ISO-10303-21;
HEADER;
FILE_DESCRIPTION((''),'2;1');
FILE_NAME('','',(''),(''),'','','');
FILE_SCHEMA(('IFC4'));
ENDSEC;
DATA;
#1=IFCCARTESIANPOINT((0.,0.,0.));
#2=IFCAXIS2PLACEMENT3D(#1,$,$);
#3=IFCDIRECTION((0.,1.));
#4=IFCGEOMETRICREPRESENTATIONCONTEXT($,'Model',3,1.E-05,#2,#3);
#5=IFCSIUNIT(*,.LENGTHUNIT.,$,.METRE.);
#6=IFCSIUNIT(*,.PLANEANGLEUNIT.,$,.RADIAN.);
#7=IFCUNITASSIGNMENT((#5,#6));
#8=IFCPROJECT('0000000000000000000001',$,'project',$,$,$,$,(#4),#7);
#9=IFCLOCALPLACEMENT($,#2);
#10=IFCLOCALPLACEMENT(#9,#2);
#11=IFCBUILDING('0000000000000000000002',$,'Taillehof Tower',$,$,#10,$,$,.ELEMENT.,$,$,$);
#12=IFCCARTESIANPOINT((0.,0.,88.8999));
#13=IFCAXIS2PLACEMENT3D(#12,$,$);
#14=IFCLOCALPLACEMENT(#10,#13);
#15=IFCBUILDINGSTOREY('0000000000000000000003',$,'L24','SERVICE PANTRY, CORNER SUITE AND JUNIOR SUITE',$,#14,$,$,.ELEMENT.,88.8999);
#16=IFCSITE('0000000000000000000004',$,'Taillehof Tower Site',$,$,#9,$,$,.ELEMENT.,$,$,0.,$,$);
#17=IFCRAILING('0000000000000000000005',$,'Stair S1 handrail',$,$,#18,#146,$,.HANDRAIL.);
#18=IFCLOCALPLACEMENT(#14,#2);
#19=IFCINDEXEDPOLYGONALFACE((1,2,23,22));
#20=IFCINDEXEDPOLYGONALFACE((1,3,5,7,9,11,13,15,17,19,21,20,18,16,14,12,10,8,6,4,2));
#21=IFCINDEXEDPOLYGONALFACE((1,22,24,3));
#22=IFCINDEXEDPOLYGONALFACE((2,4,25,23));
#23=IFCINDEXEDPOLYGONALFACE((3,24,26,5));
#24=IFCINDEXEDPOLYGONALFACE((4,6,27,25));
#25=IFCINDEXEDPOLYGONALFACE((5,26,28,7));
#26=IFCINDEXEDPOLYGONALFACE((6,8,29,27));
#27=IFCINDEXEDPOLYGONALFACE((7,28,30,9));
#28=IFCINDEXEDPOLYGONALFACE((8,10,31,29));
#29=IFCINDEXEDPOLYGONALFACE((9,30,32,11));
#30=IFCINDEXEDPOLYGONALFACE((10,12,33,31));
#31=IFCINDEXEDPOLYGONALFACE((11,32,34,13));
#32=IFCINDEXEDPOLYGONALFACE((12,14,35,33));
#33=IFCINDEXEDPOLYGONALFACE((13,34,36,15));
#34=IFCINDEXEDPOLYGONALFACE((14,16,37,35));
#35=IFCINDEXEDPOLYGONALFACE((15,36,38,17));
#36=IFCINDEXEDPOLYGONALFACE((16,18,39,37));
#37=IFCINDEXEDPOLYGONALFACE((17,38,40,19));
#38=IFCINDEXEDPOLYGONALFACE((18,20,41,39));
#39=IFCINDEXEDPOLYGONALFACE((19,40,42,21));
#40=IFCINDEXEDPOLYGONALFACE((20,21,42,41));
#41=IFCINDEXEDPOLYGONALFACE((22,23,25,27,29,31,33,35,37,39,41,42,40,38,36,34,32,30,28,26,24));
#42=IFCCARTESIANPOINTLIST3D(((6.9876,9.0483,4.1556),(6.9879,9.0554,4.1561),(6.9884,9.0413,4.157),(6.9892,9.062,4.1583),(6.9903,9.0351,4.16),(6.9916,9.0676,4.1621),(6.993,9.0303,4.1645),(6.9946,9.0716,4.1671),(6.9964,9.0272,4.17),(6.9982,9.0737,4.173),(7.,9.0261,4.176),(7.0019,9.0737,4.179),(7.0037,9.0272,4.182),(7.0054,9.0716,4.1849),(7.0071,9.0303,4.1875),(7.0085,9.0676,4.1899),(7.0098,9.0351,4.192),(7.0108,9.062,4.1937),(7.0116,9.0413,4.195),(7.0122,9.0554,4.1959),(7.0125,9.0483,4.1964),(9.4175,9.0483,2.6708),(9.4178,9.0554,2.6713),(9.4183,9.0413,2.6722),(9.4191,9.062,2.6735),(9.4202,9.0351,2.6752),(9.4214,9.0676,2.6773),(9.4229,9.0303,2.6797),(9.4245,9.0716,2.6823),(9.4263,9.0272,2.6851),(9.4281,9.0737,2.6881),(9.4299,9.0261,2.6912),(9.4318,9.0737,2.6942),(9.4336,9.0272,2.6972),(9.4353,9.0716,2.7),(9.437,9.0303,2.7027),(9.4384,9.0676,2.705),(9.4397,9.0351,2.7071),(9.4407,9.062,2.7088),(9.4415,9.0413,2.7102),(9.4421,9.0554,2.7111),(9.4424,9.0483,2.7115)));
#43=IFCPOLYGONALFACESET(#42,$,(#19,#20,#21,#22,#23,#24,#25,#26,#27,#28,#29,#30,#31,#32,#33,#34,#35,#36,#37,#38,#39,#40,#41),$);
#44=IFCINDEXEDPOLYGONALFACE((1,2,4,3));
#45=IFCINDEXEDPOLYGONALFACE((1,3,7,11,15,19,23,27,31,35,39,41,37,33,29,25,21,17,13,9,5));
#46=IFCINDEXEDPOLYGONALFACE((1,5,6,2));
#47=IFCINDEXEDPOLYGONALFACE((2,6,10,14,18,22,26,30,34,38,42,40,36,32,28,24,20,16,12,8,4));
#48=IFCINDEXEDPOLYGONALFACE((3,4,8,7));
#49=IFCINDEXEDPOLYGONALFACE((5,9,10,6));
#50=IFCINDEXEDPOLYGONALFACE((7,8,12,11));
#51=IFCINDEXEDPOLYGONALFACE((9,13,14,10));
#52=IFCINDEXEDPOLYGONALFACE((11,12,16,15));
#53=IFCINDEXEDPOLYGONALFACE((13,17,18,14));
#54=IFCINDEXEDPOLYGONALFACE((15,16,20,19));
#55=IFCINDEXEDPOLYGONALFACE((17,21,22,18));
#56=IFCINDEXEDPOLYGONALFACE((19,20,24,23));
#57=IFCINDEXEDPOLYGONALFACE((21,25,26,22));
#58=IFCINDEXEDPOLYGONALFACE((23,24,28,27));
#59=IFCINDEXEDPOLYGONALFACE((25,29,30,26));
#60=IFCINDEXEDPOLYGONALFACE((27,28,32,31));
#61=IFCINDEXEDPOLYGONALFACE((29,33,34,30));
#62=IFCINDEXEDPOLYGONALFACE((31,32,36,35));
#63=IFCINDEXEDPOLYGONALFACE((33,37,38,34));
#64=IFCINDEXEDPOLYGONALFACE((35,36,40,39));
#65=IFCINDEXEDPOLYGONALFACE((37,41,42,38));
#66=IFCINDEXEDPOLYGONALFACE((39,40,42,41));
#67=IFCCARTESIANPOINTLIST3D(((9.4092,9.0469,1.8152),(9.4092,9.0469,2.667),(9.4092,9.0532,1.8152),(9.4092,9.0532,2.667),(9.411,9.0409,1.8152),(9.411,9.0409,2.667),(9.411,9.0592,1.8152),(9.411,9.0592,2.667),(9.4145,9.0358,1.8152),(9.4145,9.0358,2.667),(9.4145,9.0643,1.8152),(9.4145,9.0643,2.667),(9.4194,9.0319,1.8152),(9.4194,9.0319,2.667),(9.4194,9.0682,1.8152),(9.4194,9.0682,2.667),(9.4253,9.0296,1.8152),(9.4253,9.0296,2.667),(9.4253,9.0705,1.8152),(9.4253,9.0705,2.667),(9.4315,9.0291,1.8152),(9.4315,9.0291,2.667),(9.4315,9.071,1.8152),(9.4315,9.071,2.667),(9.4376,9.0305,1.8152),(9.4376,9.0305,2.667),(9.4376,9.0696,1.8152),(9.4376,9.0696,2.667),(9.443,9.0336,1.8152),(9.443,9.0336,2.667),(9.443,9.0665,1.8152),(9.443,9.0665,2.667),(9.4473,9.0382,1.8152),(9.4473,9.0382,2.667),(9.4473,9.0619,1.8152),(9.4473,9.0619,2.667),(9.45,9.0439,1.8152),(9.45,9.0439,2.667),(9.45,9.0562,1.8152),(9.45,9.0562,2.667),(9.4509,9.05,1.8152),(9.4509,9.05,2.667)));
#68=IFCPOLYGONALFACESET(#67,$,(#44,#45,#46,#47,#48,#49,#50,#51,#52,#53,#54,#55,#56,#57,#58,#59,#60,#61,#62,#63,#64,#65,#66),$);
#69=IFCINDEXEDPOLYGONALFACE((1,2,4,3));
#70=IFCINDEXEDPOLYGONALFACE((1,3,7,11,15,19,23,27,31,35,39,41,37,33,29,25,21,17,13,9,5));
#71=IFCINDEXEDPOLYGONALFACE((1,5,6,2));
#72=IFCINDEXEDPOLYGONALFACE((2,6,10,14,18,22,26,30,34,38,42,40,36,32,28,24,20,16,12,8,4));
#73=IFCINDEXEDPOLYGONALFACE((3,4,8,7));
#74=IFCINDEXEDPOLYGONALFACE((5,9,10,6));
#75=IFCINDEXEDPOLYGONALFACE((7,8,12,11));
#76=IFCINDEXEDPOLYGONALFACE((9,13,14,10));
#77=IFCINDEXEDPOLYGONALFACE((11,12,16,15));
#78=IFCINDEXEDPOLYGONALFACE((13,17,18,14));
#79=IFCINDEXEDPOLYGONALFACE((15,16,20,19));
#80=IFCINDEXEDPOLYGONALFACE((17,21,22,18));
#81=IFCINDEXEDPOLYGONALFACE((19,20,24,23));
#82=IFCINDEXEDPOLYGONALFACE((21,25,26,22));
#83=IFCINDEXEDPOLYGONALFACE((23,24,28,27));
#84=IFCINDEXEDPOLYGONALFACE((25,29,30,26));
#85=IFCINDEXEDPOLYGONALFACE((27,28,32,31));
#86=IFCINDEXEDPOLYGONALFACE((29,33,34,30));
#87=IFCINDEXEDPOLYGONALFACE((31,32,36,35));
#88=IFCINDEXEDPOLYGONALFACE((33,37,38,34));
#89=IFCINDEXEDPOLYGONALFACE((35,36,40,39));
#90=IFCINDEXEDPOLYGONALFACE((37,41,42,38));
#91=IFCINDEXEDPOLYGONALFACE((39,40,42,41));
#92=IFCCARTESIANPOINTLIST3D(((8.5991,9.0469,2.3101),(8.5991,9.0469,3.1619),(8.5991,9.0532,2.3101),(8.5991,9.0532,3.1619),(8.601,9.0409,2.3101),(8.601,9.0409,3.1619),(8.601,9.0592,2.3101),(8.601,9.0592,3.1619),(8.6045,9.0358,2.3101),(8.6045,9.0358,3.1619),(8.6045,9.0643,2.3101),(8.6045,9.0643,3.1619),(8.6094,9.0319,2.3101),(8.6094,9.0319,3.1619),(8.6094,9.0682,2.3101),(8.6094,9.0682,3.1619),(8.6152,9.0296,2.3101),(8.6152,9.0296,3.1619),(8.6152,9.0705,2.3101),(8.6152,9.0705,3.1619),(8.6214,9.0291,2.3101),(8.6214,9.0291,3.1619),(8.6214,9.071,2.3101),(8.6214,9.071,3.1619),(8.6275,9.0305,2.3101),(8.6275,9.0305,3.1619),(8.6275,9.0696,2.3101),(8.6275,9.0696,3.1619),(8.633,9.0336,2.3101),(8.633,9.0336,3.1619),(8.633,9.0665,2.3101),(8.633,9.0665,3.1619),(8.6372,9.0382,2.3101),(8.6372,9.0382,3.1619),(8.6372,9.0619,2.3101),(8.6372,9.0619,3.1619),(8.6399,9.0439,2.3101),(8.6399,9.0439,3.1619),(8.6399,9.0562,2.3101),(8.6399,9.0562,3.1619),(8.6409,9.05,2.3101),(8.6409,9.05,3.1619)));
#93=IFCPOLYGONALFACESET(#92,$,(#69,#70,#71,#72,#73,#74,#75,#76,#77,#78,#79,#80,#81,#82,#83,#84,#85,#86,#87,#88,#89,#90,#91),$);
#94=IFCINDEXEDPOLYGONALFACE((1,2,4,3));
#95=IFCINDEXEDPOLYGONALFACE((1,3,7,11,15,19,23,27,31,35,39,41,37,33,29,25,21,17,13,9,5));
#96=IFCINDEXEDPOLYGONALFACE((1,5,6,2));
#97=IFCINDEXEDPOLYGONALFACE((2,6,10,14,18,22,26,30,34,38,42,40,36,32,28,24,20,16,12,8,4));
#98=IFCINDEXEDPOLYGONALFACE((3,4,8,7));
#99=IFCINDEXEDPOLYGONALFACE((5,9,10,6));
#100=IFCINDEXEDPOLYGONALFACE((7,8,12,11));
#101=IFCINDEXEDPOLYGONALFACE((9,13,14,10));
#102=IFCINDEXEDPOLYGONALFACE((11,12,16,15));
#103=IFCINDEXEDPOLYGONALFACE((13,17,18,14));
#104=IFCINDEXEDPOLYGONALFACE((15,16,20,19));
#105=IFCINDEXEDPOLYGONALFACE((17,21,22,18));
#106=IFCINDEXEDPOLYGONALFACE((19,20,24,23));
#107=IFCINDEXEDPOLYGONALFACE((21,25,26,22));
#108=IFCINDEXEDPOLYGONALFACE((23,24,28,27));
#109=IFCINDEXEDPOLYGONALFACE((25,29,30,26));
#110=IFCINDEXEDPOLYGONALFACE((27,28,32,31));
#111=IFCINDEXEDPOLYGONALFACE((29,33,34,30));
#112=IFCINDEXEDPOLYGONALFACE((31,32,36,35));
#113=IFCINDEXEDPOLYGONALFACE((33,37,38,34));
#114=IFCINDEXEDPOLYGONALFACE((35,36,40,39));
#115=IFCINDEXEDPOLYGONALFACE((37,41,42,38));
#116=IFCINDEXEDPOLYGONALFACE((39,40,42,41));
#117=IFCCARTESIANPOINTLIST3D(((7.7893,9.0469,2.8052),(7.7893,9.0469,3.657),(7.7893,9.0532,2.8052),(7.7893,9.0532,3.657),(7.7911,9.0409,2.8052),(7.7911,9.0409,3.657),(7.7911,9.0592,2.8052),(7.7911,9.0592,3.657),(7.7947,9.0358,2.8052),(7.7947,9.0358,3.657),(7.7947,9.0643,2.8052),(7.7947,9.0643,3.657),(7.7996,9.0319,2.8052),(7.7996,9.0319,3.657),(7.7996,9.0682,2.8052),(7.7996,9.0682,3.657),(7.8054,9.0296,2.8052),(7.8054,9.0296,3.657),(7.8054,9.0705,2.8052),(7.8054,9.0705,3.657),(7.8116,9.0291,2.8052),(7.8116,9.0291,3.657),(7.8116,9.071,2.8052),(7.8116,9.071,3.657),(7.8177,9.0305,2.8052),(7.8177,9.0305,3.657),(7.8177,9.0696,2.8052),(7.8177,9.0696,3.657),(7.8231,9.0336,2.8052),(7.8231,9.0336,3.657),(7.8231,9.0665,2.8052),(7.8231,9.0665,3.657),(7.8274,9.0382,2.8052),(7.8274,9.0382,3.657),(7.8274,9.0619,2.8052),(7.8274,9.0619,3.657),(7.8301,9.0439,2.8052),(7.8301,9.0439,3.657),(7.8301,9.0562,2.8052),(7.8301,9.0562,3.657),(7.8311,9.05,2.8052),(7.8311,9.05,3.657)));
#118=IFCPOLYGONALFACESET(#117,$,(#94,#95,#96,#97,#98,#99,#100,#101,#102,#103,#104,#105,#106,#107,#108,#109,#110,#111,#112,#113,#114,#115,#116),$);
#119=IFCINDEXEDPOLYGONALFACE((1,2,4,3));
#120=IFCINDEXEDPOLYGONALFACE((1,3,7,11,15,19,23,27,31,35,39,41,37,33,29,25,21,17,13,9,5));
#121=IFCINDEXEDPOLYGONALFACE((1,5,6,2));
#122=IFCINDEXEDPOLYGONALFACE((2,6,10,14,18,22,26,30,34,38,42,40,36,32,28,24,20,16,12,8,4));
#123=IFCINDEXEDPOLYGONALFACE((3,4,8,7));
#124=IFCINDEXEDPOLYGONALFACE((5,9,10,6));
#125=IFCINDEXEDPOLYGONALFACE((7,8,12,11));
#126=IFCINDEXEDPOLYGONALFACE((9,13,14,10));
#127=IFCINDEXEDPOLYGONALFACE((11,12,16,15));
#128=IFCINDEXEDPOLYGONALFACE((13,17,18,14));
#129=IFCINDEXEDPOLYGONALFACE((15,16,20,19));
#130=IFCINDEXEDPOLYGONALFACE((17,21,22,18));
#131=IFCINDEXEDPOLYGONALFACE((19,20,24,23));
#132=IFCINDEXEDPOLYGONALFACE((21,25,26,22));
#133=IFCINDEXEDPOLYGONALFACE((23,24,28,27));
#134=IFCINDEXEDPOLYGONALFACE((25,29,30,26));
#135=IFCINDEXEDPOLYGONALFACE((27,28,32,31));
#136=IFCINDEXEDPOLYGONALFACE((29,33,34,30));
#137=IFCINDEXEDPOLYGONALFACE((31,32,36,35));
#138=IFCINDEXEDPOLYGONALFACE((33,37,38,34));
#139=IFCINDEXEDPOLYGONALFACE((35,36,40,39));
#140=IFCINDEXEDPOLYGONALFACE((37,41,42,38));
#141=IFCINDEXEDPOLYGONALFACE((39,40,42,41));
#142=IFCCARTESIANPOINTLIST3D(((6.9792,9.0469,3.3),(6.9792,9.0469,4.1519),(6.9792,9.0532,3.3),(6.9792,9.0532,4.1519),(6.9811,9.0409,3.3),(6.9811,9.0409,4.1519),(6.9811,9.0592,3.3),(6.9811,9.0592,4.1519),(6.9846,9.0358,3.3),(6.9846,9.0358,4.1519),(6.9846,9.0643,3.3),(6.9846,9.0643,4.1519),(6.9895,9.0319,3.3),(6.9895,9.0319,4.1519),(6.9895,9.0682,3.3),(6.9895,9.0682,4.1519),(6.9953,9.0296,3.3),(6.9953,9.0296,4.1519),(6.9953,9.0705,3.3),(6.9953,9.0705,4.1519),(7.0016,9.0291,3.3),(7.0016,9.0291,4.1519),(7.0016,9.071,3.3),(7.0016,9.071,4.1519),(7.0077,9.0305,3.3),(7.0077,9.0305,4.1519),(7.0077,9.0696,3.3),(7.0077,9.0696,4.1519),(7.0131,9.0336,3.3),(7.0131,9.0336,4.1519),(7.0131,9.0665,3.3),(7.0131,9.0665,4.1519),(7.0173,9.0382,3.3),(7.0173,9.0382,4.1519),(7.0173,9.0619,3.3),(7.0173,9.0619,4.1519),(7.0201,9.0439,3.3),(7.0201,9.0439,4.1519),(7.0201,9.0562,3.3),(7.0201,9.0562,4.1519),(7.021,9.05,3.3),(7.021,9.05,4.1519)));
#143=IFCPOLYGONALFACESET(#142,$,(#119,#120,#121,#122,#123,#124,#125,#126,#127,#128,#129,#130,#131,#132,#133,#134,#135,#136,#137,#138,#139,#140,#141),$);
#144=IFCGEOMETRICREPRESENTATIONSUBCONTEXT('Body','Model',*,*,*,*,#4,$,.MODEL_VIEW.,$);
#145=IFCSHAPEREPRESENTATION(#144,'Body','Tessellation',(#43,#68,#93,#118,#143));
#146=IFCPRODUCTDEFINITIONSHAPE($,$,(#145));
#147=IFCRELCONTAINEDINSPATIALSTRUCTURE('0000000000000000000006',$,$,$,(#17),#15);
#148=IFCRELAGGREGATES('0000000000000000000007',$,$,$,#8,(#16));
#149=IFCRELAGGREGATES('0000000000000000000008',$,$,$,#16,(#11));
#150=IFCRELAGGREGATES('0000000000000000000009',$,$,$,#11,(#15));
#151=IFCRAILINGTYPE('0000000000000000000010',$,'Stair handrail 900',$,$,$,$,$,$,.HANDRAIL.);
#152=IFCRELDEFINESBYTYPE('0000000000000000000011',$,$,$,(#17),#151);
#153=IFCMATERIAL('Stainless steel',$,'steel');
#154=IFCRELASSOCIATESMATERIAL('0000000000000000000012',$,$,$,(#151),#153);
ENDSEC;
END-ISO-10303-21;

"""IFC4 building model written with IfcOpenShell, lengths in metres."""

from ifc_helpers import new_model, si_unit, direction, frame, origin, origin_2d, place, context, subcontext, project, spatial, circle, extrude, material, type_object, element, save


model = new_model("IFC4")

# Units and contexts
model_context = context("Model", 3, precision=1e-05, world=origin(), true_north=direction((0.0, 1.0)))
body_context = subcontext(model_context, "Body", "Model", "MODEL_VIEW")
ifc_project = project(units=[si_unit("LENGTHUNIT", "METRE"), si_unit("PLANEANGLEUNIT", "RADIAN")], contexts=[model_context])

# Site, building, storey
site_placement = place(None, origin())
site = spatial("IfcSite", under=ifc_project, at=site_placement, Name="Taillehof Tower Site", CompositionType="ELEMENT", RefElevation=0.0)
building_placement = place(site_placement, origin())
building = spatial("IfcBuilding", under=site, at=building_placement, Name="Taillehof Tower", CompositionType="ELEMENT")
storey_placement = place(building_placement, frame((0.0, 0.0, 88.8999)))
storey = spatial("IfcBuildingStorey", under=building, at=storey_placement, Name="L24", Description="SERVICE PANTRY, CORNER SUITE AND JUNIOR SUITE", CompositionType="ELEMENT", Elevation=88.8999)

# Railing
ifc_material_1 = material(Name="Stainless steel", Category="steel")
railing_type = type_object("IfcRailingType", Name="Stair handrail 900", PredefinedType="HANDRAIL", material=ifc_material_1)
railing_placement = place(storey_placement, frame((9.4299, 9.05, 1.8152)))
element("IfcRailing", 1, at=railing_placement, inside=storey, type_object=railing_type, Name="Stair S1 handrail", PredefinedType="HANDRAIL", context=body_context, shape_type="SweptSolid", body=[
    extrude(circle(Radius=0.0239, at=origin_2d()), frame((0.0, 0.0, 0.876), z_axis=(-0.853297, 0.0, 0.521426), x_axis=(0.0, -1.0, 0.0)), (0.0, 0.0, 1.0), 2.8477),
    extrude(circle(Radius=0.021, at=origin_2d()), origin(), (0.0, 0.0, 1.0), 0.8518),
    extrude(circle(Radius=0.021, at=origin_2d()), frame((-0.8101, 0.0, 0.4949)), (0.0, 0.0, 1.0), 0.8518),
    extrude(circle(Radius=0.021, at=origin_2d()), frame((-1.6199, 0.0, 0.99)), (0.0, 0.0, 1.0), 0.8518),
    extrude(circle(Radius=0.021, at=origin_2d()), frame((-2.4299, 0.0, 1.4849)), (0.0, 0.0, 1.0), 0.8518),
])

save(model, "model.ifc")
